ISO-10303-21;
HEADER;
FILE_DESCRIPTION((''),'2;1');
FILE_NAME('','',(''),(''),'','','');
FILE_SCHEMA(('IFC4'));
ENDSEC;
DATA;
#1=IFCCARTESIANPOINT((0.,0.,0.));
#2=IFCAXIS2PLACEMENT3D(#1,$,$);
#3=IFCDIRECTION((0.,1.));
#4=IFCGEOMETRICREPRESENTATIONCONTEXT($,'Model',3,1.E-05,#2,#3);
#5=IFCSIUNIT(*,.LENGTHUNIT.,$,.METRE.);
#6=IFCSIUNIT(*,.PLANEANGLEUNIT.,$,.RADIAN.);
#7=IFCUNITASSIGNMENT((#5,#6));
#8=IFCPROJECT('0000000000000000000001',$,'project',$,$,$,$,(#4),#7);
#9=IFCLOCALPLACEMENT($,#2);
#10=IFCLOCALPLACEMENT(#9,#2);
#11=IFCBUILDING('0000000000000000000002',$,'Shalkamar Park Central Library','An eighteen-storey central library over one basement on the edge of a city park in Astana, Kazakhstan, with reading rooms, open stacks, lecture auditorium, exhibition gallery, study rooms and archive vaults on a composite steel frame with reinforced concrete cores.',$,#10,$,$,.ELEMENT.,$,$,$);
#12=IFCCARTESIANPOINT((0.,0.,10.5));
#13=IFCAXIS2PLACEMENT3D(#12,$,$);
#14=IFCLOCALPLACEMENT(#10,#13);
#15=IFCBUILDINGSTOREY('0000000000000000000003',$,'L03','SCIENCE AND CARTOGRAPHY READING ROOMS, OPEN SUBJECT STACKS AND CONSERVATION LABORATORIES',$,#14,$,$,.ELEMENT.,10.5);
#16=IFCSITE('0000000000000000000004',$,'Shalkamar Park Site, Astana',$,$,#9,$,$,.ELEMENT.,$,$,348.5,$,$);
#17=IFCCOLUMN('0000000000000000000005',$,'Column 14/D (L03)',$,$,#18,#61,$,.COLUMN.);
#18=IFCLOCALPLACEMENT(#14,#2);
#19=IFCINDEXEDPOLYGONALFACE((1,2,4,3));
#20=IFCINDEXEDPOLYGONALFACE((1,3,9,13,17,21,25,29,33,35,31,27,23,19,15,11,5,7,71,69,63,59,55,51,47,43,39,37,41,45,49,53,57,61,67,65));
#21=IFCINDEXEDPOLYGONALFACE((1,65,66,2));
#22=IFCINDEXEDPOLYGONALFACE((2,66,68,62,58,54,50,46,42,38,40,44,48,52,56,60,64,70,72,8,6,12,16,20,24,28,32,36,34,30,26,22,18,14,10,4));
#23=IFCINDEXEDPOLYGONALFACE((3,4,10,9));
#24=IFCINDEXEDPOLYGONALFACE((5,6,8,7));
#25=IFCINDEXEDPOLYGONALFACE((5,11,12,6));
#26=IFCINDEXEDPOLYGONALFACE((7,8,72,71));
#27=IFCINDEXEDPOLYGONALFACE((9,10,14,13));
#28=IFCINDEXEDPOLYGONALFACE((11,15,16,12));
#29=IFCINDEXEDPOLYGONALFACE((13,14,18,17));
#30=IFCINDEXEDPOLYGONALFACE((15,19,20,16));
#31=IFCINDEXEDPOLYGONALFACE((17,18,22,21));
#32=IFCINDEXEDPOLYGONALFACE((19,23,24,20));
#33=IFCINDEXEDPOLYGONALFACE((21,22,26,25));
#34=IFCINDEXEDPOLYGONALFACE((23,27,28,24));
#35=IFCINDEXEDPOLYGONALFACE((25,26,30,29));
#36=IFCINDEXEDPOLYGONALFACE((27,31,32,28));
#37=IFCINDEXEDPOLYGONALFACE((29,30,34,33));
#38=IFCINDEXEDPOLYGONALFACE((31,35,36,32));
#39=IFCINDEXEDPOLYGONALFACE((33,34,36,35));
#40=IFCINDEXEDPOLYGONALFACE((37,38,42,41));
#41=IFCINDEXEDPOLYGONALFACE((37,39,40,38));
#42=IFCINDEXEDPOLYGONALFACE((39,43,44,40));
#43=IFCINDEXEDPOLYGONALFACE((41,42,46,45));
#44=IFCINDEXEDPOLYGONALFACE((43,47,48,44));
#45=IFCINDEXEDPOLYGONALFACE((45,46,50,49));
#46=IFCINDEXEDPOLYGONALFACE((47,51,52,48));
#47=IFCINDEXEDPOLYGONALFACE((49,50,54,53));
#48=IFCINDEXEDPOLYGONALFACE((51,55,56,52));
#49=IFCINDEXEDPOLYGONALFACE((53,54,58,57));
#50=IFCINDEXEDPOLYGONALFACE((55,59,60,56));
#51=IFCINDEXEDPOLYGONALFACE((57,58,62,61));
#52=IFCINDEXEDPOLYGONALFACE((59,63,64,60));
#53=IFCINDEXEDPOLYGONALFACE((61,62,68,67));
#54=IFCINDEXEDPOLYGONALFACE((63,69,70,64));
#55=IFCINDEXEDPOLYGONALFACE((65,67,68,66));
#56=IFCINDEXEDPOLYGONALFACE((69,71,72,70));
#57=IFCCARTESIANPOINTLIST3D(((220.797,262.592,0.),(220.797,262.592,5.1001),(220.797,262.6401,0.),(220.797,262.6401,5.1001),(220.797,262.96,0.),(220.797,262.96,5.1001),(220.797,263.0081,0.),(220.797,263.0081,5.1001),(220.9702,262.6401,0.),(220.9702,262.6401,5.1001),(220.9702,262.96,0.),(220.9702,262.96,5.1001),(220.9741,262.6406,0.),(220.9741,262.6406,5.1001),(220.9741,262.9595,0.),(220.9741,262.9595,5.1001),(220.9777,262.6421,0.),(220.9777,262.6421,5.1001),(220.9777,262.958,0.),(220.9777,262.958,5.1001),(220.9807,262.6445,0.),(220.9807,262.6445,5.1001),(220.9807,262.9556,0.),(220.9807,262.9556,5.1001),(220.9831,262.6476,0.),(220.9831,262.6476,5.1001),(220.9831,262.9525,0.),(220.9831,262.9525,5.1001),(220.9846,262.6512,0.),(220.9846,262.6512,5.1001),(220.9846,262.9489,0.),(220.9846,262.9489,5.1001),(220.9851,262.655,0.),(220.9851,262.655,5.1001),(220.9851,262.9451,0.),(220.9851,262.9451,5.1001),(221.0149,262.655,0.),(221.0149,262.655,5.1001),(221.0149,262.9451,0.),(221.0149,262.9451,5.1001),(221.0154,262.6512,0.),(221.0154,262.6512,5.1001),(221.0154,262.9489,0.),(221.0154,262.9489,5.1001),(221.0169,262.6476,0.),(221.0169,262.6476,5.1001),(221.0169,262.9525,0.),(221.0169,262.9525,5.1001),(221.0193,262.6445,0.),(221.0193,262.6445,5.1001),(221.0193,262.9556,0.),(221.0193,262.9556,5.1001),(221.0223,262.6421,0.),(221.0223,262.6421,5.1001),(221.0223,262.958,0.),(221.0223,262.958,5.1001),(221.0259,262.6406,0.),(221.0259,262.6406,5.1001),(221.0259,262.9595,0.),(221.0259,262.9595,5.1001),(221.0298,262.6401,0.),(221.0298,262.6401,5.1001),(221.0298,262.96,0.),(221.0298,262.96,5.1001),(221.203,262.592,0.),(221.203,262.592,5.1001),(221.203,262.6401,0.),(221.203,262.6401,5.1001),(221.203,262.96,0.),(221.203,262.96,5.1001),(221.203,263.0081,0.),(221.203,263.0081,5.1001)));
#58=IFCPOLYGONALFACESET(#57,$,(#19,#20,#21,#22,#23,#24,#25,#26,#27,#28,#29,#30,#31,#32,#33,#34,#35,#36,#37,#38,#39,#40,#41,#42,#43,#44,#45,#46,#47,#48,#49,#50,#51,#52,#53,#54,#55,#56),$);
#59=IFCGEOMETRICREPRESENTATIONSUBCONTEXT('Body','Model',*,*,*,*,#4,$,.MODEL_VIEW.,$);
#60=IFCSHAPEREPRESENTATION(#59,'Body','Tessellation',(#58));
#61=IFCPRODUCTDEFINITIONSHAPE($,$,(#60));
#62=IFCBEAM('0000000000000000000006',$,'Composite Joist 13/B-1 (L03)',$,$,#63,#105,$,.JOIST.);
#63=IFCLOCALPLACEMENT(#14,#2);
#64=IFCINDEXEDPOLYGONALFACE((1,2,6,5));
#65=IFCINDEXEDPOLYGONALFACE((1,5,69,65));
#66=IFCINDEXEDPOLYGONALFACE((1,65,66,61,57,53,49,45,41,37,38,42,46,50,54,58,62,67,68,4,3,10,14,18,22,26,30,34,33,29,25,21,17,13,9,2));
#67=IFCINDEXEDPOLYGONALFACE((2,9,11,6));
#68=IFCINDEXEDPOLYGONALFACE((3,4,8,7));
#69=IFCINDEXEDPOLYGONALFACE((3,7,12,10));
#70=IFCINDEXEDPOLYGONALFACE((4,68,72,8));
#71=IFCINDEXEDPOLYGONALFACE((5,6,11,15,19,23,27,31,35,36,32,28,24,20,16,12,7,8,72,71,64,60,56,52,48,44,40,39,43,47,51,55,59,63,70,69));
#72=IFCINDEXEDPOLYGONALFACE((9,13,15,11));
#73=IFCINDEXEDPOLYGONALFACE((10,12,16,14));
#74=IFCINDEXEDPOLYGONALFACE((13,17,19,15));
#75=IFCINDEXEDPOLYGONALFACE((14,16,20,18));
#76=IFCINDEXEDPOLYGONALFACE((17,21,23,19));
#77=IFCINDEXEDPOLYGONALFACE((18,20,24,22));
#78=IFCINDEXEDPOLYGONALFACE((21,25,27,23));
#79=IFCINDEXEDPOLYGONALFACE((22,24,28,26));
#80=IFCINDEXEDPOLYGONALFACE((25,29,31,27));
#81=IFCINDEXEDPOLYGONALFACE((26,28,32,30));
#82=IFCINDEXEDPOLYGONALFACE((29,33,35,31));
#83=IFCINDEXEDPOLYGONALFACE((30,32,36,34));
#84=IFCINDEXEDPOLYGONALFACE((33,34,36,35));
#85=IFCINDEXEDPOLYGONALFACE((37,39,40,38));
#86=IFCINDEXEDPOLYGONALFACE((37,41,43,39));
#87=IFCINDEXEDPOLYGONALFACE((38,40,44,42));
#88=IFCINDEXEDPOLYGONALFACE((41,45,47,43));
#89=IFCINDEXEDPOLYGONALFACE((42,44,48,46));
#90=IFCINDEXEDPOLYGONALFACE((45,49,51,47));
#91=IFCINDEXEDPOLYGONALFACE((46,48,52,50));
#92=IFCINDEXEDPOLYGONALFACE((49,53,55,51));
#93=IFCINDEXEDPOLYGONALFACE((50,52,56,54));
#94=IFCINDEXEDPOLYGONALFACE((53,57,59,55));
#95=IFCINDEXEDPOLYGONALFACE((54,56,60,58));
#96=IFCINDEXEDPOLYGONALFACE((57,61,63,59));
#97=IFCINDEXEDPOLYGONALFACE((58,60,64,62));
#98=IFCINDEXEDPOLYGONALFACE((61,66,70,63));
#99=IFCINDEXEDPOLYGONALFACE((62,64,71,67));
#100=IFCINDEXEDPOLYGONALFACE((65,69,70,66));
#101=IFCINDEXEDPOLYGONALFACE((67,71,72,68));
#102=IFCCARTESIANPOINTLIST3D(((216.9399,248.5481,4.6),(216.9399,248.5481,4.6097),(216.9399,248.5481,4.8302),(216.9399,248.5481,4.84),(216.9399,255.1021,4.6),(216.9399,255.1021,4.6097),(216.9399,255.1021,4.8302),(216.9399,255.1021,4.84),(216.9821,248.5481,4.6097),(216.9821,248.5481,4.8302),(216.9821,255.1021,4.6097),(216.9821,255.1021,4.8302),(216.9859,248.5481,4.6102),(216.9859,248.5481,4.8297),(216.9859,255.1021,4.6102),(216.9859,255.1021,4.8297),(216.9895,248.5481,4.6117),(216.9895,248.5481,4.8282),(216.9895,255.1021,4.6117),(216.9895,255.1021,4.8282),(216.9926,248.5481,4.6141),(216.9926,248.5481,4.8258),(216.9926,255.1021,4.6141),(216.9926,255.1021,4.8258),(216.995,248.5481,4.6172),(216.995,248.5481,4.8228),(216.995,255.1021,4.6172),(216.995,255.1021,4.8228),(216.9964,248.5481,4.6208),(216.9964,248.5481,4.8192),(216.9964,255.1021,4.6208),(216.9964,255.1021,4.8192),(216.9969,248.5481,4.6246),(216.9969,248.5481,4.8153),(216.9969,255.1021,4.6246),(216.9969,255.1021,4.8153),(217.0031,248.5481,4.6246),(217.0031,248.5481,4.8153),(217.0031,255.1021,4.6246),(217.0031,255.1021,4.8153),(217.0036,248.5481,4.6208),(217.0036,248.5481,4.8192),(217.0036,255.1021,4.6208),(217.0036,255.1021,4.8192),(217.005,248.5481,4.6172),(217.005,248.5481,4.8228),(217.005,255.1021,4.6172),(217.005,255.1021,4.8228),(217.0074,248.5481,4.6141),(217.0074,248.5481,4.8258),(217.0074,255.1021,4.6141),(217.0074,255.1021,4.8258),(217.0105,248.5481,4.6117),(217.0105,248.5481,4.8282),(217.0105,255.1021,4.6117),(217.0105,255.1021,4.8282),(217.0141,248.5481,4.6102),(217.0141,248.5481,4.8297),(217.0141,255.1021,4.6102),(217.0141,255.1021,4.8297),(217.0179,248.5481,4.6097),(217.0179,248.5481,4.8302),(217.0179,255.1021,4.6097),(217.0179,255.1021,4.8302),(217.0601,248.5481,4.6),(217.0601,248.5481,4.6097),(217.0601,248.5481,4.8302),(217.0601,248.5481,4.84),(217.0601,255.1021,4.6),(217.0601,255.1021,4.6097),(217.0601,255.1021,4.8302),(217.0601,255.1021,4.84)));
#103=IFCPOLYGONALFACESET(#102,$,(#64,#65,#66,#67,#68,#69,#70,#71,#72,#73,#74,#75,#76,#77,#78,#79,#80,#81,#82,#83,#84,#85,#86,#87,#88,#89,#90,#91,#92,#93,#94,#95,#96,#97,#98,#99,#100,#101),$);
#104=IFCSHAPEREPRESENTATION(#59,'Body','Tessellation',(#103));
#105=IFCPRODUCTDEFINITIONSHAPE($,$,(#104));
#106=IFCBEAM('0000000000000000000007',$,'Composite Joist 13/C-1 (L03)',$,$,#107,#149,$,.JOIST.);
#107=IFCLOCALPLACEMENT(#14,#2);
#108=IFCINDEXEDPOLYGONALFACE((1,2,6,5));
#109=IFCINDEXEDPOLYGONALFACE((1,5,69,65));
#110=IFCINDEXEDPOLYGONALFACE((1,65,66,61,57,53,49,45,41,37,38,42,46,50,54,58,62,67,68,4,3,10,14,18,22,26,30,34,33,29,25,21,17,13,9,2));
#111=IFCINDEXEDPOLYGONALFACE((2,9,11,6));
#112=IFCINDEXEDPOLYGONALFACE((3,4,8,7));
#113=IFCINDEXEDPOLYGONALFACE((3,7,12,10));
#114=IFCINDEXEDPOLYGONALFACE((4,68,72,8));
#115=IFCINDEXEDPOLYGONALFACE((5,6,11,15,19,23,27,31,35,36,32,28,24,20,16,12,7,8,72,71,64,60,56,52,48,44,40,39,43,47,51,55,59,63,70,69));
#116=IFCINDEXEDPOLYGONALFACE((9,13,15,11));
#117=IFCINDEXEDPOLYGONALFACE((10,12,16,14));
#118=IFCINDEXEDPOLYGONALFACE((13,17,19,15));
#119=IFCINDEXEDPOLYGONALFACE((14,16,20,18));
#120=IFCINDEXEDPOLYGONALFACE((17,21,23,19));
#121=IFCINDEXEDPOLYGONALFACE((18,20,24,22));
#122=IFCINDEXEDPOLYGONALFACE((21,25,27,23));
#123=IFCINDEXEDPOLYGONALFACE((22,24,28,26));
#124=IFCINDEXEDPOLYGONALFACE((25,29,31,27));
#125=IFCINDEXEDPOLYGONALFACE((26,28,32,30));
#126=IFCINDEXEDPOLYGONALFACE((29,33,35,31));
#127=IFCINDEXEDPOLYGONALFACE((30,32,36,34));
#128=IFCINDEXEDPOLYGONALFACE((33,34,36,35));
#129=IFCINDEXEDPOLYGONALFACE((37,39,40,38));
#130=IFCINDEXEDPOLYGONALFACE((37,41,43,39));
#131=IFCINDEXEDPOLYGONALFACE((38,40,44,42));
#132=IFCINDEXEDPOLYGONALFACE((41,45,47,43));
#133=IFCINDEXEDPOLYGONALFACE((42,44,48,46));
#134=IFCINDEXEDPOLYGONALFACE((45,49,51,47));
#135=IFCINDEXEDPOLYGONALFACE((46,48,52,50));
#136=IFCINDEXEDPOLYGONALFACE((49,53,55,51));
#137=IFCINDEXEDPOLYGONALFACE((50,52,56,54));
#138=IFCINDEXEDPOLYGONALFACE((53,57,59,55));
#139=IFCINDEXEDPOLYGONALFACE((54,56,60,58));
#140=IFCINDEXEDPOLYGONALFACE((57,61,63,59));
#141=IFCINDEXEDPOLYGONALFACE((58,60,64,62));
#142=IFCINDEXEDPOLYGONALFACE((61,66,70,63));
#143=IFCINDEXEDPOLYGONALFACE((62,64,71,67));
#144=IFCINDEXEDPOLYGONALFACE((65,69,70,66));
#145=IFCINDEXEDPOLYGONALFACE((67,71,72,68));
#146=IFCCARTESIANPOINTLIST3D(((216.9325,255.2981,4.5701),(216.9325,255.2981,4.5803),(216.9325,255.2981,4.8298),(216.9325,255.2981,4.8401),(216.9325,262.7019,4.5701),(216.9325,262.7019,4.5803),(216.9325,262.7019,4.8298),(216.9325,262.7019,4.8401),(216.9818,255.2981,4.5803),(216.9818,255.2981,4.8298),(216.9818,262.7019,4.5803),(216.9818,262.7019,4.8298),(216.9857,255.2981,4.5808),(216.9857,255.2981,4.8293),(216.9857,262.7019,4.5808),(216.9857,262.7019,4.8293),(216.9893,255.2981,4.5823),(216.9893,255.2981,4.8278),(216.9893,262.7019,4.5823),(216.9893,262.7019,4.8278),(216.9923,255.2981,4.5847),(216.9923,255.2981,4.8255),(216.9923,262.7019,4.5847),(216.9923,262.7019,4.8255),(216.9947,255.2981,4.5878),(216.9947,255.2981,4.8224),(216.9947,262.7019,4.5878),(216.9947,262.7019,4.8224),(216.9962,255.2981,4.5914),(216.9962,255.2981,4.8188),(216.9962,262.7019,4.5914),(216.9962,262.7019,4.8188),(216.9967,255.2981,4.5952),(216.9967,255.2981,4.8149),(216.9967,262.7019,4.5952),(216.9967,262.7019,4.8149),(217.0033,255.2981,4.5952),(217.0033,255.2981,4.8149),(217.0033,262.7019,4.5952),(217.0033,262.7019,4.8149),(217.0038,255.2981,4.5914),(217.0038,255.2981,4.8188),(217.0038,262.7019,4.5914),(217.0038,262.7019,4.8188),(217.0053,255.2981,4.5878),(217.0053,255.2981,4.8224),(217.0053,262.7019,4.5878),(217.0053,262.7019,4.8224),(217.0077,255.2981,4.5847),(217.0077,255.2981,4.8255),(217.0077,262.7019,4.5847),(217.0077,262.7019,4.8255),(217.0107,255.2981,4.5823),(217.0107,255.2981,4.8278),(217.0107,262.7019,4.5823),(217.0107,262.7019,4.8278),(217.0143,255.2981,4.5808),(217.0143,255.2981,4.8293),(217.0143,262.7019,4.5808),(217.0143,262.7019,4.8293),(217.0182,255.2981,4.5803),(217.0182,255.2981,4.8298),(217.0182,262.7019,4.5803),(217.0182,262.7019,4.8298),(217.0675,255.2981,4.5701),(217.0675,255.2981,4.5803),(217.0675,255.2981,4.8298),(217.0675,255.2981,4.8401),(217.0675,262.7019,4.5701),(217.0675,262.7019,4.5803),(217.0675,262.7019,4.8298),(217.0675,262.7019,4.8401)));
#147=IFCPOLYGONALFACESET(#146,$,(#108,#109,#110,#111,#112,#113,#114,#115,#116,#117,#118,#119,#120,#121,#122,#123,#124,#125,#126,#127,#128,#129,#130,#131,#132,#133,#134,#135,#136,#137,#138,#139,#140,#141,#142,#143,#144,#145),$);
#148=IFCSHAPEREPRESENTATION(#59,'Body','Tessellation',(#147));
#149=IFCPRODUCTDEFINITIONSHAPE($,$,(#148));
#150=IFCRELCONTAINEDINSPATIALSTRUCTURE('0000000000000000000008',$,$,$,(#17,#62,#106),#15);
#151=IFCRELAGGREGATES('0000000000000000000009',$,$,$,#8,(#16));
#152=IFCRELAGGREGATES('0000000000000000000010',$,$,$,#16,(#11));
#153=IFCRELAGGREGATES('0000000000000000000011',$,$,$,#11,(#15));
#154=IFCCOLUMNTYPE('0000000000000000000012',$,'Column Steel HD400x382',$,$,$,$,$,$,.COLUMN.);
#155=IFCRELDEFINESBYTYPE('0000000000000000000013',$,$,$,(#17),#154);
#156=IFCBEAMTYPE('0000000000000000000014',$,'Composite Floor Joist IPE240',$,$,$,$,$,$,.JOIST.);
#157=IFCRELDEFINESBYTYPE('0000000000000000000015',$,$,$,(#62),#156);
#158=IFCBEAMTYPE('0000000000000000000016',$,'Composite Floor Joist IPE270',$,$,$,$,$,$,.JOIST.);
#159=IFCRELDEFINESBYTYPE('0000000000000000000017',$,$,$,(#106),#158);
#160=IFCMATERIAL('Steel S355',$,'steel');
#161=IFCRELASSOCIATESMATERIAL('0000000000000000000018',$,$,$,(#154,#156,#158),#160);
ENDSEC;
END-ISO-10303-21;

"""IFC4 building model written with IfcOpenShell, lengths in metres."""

from ifc_helpers import new_model, si_unit, direction, frame, origin, origin_2d, place, context, subcontext, project, spatial, i_section, extrude, material, material_profile, profile_set, type_object, element, save


model = new_model("IFC4")

# Units and contexts
model_context = context("Model", 3, precision=1e-05, world=origin(), true_north=direction((0.0, 1.0)))
body_context = subcontext(model_context, "Body", "Model", "MODEL_VIEW")
ifc_project = project(units=[si_unit("LENGTHUNIT", "METRE"), si_unit("PLANEANGLEUNIT", "RADIAN")], contexts=[model_context])

# Site, building, storey
site_placement = place(None, origin())
site = spatial("IfcSite", under=ifc_project, at=site_placement, Name="Shalkamar Park Site, Astana", CompositionType="ELEMENT", RefElevation=348.5)
building_placement = place(site_placement, origin())
building = spatial("IfcBuilding", under=site, at=building_placement, Name="Shalkamar Park Central Library", Description="An eighteen-storey central library over one basement on the edge of a city park in Astana, Kazakhstan, with reading rooms, open stacks, lecture auditorium, exhibition gallery, study rooms and archive vaults on a composite steel frame with reinforced concrete cores.", CompositionType="ELEMENT")
storey_placement = place(building_placement, frame((0.0, 0.0, 10.5)))
storey = spatial("IfcBuildingStorey", under=building, at=storey_placement, Name="L03", Description="SCIENCE AND CARTOGRAPHY READING ROOMS, OPEN SUBJECT STACKS AND CONSERVATION LABORATORIES", CompositionType="ELEMENT", Elevation=10.5)

# Column
ifc_material_1 = material(Name="Steel S355", Category="steel")
ifc_material_profile_1 = material_profile(ifc_material_1, i_section(OverallWidth=0.406, OverallDepth=0.416, WebThickness=0.0298, FlangeThickness=0.0481, FilletRadius=0.0149, at=origin_2d()), Name="HD 400x382")
ifc_profile_set_1 = profile_set([ifc_material_profile_1], Name="Steel S355")
column_type = type_object("IfcColumnType", Name="Column Steel HD400x382", PredefinedType="COLUMN", material=ifc_profile_set_1)
for number, where, z_axis, x_axis, name in (
    (1, (221.0, 262.8, 0.0), (0.0, 0.0, 1.0), (1.0, 0.0, 0.0), "Column 14/D (L03)"),
):
    element("IfcColumn", number, at=place(storey_placement, frame(where, z_axis=z_axis, x_axis=x_axis)), inside=storey, type_object=column_type, Name=name, PredefinedType="COLUMN", context=body_context, shape_type="SweptSolid", body=[
        extrude(i_section(OverallWidth=0.406, OverallDepth=0.416, WebThickness=0.0298, FlangeThickness=0.0481, FilletRadius=0.0149, at=origin_2d()), origin(), (0.0, 0.0, 1.0), 5.1001),
    ])

# Beams
ifc_material_profile_2 = material_profile(ifc_material_1, i_section(OverallWidth=0.1201, OverallDepth=0.24, WebThickness=0.0061, FlangeThickness=0.0098, FilletRadius=0.0149, at=origin_2d()), Name="IPE 240")
ifc_profile_set_2 = profile_set([ifc_material_profile_2], Name="Steel S355")
beam_type_1 = type_object("IfcBeamType", Name="Composite Floor Joist IPE240", PredefinedType="JOIST", material=ifc_profile_set_2)
beam_1_placement = place(storey_placement, frame((217.0, 248.5481, 4.72), z_axis=(0.0, 1.0, 0.0), x_axis=(-1.0, 0.0, 0.0)))
element("IfcBeam", 2, at=beam_1_placement, inside=storey, type_object=beam_type_1, Name="Composite Joist 13/B-1 (L03)", PredefinedType="JOIST", context=body_context, shape_type="SweptSolid", body=[
    extrude(i_section(OverallWidth=0.1201, OverallDepth=0.24, WebThickness=0.0061, FlangeThickness=0.0098, FilletRadius=0.0149, at=origin_2d()), origin(), (0.0, 0.0, 1.0), 6.554),
])
ifc_material_profile_3 = material_profile(ifc_material_1, i_section(OverallWidth=0.135, OverallDepth=0.27, WebThickness=0.0066, FlangeThickness=0.0103, FilletRadius=0.0149, at=origin_2d()), Name="IPE 270")
ifc_profile_set_3 = profile_set([ifc_material_profile_3], Name="Steel S355")
beam_type_2 = type_object("IfcBeamType", Name="Composite Floor Joist IPE270", PredefinedType="JOIST", material=ifc_profile_set_3)
beam_2_placement = place(storey_placement, frame((217.0, 255.2981, 4.7051), z_axis=(0.0, 1.0, 0.0), x_axis=(-1.0, 0.0, 0.0)))
element("IfcBeam", 3, at=beam_2_placement, inside=storey, type_object=beam_type_2, Name="Composite Joist 13/C-1 (L03)", PredefinedType="JOIST", context=body_context, shape_type="SweptSolid", body=[
    extrude(i_section(OverallWidth=0.135, OverallDepth=0.27, WebThickness=0.0066, FlangeThickness=0.0103, FilletRadius=0.0149, at=origin_2d()), origin(), (0.0, 0.0, 1.0), 7.4038),
])

save(model, "model.ifc")
